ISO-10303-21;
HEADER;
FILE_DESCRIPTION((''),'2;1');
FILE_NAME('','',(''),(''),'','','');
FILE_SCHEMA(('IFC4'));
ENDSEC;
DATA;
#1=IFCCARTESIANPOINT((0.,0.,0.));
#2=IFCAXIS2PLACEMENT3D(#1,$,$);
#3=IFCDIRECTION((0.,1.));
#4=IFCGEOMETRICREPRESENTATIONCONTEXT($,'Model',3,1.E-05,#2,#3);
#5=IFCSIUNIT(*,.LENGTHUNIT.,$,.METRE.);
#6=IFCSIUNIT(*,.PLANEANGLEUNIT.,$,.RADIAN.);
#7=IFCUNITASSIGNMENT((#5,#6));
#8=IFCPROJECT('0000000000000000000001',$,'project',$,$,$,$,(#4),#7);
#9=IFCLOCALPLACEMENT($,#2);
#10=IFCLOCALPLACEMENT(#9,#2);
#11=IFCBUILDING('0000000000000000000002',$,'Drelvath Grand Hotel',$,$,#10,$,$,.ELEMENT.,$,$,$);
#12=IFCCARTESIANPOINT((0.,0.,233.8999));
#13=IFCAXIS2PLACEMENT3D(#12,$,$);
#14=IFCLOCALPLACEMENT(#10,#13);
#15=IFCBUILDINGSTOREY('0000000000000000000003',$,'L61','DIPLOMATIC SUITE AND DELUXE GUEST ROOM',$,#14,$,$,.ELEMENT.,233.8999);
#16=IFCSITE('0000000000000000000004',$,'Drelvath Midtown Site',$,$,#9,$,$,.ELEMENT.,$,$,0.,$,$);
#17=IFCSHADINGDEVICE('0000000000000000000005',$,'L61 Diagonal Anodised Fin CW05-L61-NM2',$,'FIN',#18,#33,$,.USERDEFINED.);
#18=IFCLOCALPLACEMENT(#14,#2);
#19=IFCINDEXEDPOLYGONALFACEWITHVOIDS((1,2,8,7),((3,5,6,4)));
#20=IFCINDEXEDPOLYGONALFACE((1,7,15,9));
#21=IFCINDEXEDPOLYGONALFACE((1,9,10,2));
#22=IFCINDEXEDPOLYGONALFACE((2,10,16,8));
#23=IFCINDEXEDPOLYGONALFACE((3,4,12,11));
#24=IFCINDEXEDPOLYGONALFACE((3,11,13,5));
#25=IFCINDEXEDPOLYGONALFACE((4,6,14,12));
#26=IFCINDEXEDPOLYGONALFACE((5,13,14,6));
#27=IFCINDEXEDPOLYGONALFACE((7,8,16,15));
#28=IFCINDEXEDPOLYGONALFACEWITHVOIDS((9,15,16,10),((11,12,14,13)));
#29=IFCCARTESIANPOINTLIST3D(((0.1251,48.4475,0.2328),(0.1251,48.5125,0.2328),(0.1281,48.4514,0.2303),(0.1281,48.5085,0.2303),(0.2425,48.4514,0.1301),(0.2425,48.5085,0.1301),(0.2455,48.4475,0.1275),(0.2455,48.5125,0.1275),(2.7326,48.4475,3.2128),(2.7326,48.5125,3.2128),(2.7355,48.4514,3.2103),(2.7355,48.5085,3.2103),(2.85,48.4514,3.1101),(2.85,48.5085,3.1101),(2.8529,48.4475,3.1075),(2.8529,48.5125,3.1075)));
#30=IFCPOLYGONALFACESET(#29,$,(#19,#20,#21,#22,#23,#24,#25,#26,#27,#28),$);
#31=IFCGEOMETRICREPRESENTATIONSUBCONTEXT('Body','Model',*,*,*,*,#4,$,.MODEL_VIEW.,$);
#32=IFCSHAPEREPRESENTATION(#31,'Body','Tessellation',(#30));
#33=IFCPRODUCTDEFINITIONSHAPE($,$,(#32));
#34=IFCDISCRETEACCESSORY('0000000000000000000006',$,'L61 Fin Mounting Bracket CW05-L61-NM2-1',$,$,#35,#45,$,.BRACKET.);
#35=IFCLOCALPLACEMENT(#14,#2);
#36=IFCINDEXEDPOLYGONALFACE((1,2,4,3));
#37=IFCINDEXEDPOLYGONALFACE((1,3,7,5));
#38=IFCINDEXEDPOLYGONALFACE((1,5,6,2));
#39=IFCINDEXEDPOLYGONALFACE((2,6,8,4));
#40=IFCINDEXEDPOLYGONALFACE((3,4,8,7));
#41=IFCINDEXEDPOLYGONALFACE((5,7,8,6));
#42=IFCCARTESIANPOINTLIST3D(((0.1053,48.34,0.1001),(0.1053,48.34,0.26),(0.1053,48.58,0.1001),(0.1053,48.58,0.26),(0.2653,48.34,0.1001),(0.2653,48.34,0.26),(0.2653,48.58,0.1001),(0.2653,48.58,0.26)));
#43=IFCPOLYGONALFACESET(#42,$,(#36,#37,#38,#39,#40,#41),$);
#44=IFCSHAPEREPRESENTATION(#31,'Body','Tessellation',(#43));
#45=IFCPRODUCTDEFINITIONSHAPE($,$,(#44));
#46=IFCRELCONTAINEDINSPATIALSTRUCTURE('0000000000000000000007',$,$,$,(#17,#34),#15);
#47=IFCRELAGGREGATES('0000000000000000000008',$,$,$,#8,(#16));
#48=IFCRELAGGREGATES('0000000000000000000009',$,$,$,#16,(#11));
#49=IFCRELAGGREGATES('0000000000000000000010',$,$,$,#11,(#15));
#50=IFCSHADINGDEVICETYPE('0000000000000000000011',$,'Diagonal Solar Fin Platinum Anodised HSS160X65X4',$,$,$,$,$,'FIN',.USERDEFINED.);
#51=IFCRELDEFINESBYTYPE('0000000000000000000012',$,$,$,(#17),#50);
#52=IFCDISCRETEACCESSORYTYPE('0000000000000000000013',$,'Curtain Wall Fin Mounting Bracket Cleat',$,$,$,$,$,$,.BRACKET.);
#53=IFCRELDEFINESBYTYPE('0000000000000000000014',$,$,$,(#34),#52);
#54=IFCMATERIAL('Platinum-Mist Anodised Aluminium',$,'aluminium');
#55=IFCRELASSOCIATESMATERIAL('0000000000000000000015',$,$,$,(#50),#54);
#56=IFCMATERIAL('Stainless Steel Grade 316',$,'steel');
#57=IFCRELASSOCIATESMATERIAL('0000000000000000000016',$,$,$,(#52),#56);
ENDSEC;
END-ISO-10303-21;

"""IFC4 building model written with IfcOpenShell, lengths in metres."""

from ifc_helpers import new_model, si_unit, direction, frame, origin, origin_2d, place, context, subcontext, project, spatial, rectangle, hollow_rectangle, extrude, material, material_profile, profile_set, type_object, element, save


model = new_model("IFC4")

# Units and contexts
model_context = context("Model", 3, precision=1e-05, world=origin(), true_north=direction((0.0, 1.0)))
body_context = subcontext(model_context, "Body", "Model", "MODEL_VIEW")
ifc_project = project(units=[si_unit("LENGTHUNIT", "METRE"), si_unit("PLANEANGLEUNIT", "RADIAN")], contexts=[model_context])

# Site, building, storey
site_placement = place(None, origin())
site = spatial("IfcSite", under=ifc_project, at=site_placement, Name="Drelvath Midtown Site", CompositionType="ELEMENT", RefElevation=0.0)
building_placement = place(site_placement, origin())
building = spatial("IfcBuilding", under=site, at=building_placement, Name="Drelvath Grand Hotel", CompositionType="ELEMENT")
storey_placement = place(building_placement, frame((0.0, 0.0, 233.8999)))
storey = spatial("IfcBuildingStorey", under=building, at=storey_placement, Name="L61", Description="DIPLOMATIC SUITE AND DELUXE GUEST ROOM", CompositionType="ELEMENT", Elevation=233.8999)

# Shading device
ifc_material_1 = material(Name="Platinum-Mist Anodised Aluminium", Category="aluminium")
ifc_material_profile_1 = material_profile(ifc_material_1, hollow_rectangle(XDim=0.0649, YDim=0.1599, WallThickness=0.0039, at=origin_2d()), Name="HSS160X65X4")
ifc_profile_set_1 = profile_set([ifc_material_profile_1], Name="Platinum-Mist Anodised Aluminium")
shading_device_type = type_object("IfcShadingDeviceType", Name="Diagonal Solar Fin Platinum Anodised HSS160X65X4", ElementType="FIN", PredefinedType="USERDEFINED", material=ifc_profile_set_1)
shading_device_placement = place(storey_placement, frame((0.1853, 48.48, 0.1802), z_axis=(0.658496, 0.0, 0.752584), x_axis=(0.0, 1.0, 0.0)))
element("IfcShadingDevice", 1, at=shading_device_placement, inside=storey, type_object=shading_device_type, Name="L61 Diagonal Anodised Fin CW05-L61-NM2", ObjectType="FIN", PredefinedType="USERDEFINED", context=body_context, shape_type="SweptSolid", body=[
    extrude(hollow_rectangle(XDim=0.0649, YDim=0.1599, WallThickness=0.0039, at=origin_2d()), origin(), (0.0, 0.0, 1.0), 3.9597),
])

# Discrete accessory
ifc_material_2 = material(Name="Stainless Steel Grade 316", Category="steel")
discrete_accessory_type = type_object("IfcDiscreteAccessoryType", Name="Curtain Wall Fin Mounting Bracket Cleat", PredefinedType="BRACKET", material=ifc_material_2)
discrete_accessory_placement = place(storey_placement, frame((0.1853, 48.46, 0.1001), z_axis=(0.0, 0.0, 1.0), x_axis=(1.0, 0.0, 0.0)))
element("IfcDiscreteAccessory", 2, at=discrete_accessory_placement, inside=storey, type_object=discrete_accessory_type, Name="L61 Fin Mounting Bracket CW05-L61-NM2-1", PredefinedType="BRACKET", context=body_context, shape_type="SweptSolid", body=[
    extrude(rectangle(XDim=0.1599, YDim=0.24, at=origin_2d()), origin(), (0.0, 0.0, 1.0), 0.1599),
])

save(model, "model.ifc")
